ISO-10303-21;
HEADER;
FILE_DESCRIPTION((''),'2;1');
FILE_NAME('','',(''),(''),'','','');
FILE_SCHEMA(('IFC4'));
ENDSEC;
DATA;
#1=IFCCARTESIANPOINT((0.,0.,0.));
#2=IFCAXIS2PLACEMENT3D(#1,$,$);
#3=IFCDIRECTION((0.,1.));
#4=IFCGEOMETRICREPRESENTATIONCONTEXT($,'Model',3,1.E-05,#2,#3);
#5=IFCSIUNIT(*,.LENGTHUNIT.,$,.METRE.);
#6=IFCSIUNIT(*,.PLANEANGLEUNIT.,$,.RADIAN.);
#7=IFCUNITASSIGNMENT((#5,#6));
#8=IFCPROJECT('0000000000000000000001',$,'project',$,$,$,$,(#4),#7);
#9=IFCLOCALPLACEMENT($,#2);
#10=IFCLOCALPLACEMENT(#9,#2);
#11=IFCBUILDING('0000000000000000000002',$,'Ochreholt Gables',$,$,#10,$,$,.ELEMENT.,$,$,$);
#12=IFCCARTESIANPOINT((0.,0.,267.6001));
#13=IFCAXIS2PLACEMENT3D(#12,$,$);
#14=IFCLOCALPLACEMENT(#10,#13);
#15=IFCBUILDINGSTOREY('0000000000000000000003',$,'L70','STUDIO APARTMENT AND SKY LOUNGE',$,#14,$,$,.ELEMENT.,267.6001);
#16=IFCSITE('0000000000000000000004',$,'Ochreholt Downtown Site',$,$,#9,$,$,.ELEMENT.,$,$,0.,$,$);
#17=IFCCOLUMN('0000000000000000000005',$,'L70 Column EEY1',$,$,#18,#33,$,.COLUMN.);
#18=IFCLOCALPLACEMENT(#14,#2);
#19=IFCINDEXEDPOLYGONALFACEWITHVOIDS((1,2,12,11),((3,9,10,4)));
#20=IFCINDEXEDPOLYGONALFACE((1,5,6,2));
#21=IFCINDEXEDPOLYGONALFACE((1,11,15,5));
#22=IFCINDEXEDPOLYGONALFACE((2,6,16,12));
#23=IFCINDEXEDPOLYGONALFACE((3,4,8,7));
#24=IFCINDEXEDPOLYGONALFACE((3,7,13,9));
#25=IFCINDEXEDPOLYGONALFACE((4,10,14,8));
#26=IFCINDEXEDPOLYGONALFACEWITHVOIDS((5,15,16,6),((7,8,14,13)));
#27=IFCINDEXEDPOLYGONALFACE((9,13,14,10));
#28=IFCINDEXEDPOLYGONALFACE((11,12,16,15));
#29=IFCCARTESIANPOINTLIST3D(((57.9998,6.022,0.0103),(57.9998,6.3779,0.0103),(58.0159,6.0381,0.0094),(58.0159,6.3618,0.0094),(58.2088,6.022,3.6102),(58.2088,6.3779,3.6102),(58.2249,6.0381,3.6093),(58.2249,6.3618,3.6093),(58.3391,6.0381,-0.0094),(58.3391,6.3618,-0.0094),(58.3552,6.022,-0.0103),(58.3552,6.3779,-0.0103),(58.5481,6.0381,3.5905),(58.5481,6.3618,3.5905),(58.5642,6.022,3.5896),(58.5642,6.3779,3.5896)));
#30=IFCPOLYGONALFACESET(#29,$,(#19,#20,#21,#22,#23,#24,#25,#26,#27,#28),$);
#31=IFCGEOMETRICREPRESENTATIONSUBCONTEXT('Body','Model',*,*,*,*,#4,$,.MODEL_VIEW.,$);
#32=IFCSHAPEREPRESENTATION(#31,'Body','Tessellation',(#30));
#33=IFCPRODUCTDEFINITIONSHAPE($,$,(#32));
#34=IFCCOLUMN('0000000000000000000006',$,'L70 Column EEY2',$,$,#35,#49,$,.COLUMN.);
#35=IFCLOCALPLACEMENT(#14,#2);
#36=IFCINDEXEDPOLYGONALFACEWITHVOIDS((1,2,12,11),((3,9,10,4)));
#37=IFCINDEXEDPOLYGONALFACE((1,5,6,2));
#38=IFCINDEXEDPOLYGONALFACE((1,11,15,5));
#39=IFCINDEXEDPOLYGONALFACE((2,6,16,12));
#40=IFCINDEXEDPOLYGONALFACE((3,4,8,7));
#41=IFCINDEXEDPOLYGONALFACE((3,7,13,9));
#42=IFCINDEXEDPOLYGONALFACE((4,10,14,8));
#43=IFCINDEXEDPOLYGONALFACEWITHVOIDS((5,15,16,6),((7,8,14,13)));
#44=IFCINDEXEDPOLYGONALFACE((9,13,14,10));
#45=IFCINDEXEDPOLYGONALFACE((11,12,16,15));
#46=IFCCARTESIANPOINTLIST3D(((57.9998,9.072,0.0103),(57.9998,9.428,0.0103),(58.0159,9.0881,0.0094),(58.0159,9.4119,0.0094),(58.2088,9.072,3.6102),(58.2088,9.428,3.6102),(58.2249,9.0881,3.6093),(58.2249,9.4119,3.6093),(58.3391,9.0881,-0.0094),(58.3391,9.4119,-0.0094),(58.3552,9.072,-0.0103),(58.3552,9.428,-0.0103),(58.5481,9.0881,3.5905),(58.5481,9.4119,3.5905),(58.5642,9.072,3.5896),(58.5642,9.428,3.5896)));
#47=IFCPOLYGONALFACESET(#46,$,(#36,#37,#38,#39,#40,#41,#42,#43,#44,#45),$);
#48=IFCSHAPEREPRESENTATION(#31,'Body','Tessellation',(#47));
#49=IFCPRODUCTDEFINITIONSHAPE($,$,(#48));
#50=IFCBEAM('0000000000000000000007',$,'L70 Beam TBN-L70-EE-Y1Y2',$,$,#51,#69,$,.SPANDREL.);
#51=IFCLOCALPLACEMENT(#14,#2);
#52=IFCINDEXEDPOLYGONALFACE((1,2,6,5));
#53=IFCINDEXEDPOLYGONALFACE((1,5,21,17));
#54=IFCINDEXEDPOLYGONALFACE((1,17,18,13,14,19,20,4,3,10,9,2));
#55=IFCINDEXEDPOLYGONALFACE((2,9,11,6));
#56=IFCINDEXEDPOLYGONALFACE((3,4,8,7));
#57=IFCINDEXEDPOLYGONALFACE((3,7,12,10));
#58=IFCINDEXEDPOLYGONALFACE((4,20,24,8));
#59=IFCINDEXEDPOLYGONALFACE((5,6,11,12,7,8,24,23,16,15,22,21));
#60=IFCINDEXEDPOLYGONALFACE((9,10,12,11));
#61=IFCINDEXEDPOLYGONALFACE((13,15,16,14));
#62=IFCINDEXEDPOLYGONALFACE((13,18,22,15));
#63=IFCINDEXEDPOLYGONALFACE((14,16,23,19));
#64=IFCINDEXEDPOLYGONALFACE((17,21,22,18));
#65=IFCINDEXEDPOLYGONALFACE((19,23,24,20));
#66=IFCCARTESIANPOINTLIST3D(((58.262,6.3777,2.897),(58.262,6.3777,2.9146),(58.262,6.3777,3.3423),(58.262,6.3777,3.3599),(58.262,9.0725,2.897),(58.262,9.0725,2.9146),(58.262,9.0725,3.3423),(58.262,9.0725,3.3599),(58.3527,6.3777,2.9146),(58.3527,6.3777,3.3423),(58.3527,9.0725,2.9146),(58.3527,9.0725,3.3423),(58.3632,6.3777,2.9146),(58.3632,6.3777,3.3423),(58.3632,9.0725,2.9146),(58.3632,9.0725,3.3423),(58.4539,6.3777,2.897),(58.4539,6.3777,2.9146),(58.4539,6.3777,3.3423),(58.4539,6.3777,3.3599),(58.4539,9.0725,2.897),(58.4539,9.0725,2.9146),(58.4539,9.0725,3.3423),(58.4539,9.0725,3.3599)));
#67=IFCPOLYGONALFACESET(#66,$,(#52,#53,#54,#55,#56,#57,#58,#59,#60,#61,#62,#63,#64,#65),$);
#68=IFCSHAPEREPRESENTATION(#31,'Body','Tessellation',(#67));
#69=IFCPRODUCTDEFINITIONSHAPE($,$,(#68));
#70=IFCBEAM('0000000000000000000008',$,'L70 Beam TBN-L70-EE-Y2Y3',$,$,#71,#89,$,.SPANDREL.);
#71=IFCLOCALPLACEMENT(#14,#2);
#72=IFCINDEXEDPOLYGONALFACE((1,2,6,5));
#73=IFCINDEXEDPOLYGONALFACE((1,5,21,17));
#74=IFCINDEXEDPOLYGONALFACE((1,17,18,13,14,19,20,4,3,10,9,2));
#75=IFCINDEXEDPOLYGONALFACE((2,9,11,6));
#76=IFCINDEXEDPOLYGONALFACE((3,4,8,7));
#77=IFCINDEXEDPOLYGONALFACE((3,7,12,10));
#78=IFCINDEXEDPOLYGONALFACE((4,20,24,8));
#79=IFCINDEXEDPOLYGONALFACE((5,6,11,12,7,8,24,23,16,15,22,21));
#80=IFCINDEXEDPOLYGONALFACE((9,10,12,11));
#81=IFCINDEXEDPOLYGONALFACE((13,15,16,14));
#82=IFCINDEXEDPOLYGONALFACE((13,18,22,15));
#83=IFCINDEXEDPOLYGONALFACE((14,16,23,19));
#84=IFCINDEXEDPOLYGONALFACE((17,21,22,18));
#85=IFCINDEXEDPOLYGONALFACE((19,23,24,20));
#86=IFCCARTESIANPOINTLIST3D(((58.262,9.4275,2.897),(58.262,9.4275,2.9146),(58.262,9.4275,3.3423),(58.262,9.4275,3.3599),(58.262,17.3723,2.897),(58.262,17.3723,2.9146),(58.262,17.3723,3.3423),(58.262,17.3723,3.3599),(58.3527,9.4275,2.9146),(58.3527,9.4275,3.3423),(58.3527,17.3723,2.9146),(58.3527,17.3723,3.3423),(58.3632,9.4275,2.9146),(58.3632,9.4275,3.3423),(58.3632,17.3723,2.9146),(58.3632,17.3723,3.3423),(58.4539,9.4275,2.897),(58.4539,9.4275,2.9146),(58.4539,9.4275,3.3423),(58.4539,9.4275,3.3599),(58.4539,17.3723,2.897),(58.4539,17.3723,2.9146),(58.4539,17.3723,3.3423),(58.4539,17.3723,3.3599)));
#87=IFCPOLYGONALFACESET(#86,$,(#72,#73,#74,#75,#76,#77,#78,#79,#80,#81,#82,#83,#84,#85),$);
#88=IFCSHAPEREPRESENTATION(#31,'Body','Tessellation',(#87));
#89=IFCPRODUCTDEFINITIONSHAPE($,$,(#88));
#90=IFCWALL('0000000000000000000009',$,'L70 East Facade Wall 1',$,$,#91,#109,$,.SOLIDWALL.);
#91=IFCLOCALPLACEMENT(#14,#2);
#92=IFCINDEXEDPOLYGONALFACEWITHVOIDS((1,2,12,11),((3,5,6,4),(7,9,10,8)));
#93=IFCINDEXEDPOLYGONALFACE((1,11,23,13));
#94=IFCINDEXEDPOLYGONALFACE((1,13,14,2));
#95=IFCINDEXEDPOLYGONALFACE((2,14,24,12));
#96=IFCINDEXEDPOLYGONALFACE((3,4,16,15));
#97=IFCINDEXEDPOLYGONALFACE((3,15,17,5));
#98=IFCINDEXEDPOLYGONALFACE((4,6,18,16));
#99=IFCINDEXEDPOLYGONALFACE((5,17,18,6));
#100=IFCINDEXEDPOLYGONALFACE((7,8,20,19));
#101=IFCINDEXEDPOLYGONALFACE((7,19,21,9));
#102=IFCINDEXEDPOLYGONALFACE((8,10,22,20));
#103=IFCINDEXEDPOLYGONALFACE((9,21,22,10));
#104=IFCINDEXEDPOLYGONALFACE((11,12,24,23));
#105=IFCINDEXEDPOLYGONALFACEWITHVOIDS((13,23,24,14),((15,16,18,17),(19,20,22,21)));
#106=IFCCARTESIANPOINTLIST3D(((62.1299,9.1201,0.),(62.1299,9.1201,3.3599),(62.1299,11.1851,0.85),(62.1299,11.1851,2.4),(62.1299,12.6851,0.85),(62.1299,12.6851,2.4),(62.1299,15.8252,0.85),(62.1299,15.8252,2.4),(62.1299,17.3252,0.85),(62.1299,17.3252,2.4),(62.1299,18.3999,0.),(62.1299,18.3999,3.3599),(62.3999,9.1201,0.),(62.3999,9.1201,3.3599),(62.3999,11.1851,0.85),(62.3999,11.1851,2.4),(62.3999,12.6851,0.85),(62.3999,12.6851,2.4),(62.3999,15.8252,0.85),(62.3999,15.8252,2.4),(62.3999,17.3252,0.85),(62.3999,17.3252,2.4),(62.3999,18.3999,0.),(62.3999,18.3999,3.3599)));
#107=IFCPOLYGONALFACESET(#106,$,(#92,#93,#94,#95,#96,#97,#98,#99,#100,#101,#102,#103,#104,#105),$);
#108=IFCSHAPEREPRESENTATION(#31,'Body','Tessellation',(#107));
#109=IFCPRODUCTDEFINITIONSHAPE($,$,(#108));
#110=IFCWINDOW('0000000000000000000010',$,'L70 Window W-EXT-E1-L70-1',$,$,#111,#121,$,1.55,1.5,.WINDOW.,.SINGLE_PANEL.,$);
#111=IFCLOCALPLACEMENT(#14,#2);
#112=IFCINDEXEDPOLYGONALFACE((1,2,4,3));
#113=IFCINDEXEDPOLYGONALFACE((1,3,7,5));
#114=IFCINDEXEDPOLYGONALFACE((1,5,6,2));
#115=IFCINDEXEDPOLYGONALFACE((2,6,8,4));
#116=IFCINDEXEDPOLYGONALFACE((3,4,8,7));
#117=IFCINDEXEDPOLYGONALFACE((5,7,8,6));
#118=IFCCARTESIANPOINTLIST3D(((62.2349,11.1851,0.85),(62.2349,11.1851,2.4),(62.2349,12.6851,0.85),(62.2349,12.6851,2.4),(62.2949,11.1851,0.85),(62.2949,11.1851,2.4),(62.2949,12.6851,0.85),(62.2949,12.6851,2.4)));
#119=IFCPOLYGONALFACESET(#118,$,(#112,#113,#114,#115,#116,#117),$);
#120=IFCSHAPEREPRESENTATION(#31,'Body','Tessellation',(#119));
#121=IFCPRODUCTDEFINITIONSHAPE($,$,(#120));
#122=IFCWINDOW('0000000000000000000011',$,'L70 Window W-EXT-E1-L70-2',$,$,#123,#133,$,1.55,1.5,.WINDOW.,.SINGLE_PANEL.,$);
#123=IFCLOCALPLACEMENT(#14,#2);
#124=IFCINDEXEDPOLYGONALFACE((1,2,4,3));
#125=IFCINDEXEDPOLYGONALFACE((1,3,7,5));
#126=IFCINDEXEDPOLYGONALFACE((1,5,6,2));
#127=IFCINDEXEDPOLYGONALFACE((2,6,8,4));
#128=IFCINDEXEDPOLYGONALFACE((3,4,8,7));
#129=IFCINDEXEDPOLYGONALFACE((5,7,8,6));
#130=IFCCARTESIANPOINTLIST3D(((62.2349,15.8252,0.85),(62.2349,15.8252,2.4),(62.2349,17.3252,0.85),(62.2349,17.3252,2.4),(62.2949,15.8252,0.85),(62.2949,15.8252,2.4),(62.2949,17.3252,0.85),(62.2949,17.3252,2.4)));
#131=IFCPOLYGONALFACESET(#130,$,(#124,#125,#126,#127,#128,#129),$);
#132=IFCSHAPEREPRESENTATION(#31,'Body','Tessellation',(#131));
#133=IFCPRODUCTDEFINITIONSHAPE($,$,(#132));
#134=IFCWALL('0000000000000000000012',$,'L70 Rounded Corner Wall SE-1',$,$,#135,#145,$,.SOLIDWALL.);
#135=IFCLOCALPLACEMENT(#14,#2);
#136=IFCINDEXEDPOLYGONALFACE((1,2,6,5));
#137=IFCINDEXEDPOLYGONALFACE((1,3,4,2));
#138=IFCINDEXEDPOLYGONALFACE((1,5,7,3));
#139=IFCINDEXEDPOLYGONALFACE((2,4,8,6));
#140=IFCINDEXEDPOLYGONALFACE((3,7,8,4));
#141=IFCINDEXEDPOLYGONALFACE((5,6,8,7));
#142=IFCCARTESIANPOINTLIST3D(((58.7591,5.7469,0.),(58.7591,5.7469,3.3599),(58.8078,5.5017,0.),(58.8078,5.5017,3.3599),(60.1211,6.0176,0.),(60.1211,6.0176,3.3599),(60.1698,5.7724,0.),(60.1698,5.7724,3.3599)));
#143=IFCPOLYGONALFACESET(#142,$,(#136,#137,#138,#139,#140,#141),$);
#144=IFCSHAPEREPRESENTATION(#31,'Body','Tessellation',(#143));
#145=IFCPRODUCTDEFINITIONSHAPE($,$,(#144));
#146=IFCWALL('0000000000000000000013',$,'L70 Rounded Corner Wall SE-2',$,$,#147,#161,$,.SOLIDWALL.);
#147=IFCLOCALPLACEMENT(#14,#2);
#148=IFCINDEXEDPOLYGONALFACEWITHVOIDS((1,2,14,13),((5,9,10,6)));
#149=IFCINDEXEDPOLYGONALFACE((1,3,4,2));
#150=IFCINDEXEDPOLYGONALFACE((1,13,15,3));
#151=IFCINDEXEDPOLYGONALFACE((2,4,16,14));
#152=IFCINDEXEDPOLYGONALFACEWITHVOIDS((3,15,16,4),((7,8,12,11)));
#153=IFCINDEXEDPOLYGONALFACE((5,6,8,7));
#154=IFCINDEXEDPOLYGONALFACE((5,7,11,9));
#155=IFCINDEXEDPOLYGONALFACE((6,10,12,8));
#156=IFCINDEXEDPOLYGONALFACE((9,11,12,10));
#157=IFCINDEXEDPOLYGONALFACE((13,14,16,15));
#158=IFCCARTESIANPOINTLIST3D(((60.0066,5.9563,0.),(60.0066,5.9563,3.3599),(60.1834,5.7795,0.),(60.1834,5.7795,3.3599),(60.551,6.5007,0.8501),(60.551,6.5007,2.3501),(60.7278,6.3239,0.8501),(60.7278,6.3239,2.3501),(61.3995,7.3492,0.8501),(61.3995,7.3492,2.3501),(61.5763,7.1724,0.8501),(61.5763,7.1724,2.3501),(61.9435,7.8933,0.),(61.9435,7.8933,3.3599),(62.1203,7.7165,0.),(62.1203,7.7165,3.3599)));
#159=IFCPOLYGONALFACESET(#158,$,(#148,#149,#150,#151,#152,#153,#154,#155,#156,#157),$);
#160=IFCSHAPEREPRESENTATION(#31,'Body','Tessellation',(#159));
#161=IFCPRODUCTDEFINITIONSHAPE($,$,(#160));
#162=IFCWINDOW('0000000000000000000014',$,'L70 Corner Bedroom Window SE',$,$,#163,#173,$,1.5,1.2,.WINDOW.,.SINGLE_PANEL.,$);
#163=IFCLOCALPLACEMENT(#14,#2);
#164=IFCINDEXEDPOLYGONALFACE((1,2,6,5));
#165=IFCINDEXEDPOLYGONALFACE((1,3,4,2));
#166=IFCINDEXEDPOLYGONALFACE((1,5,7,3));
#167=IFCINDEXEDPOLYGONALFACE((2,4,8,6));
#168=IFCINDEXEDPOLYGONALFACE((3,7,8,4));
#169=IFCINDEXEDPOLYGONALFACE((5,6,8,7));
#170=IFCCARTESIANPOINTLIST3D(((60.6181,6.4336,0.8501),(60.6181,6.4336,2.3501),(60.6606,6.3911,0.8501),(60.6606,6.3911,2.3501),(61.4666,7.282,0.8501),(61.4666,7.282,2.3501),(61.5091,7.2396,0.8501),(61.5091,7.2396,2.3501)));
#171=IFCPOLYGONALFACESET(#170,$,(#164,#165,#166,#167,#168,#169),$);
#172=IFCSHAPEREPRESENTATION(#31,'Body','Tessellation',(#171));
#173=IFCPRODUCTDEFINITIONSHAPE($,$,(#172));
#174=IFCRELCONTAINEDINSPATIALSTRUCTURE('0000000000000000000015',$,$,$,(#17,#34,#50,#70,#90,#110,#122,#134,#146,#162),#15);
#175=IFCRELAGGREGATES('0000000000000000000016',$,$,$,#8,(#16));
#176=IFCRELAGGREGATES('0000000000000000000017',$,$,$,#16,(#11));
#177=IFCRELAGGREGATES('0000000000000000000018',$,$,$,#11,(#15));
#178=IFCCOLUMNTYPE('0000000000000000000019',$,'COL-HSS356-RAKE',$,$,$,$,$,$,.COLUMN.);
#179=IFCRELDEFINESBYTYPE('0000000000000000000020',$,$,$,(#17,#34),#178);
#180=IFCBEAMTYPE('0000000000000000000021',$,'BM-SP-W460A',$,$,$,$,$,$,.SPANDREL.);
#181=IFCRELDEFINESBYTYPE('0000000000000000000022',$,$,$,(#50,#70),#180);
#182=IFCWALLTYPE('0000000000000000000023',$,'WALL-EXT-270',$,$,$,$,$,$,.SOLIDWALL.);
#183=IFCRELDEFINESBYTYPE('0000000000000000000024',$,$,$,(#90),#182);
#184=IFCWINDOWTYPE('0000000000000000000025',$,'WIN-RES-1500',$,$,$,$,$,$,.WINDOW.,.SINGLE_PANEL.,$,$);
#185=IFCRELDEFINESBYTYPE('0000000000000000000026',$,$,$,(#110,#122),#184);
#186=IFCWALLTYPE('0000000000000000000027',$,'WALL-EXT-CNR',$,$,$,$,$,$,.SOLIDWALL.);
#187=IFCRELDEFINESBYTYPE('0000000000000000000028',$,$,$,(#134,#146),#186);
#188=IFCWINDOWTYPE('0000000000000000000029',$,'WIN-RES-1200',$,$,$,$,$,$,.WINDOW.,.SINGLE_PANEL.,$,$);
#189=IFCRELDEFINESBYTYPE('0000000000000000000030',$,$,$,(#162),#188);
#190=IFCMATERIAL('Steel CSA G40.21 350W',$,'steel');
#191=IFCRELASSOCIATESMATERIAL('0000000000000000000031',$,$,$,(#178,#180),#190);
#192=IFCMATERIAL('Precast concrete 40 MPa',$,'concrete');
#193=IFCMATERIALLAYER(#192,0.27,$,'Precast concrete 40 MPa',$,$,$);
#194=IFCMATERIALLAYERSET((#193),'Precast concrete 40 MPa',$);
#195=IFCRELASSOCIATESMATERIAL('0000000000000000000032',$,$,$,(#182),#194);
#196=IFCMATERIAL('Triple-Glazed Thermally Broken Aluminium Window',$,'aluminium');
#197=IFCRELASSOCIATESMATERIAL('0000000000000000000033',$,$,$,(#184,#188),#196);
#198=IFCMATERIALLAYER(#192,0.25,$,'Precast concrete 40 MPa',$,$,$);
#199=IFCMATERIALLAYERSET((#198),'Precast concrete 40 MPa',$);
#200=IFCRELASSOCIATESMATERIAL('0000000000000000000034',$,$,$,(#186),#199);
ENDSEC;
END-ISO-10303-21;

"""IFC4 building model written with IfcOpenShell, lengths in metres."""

from ifc_helpers import new_model, si_unit, direction, frame, frame_2d, origin, origin_2d, place, context, subcontext, project, spatial, rectangle, hollow_rectangle, i_section, extrude, material, layer, layer_set, material_profile, profile_set, type_object, element, fill, save


model = new_model("IFC4")

# Units and contexts
model_context = context("Model", 3, precision=1e-05, world=origin(), true_north=direction((0.0, 1.0)))
body_context = subcontext(model_context, "Body", "Model", "MODEL_VIEW")
ifc_project = project(units=[si_unit("LENGTHUNIT", "METRE"), si_unit("PLANEANGLEUNIT", "RADIAN")], contexts=[model_context])

# Site, building, storey
site_placement = place(None, origin())
site = spatial("IfcSite", under=ifc_project, at=site_placement, Name="Ochreholt Downtown Site", CompositionType="ELEMENT", RefElevation=0.0)
building_placement = place(site_placement, origin())
building = spatial("IfcBuilding", under=site, at=building_placement, Name="Ochreholt Gables", CompositionType="ELEMENT")
storey_placement = place(building_placement, frame((0.0, 0.0, 267.6001)))
storey = spatial("IfcBuildingStorey", under=building, at=storey_placement, Name="L70", Description="STUDIO APARTMENT AND SKY LOUNGE", CompositionType="ELEMENT", Elevation=267.6001)

# Columns
ifc_material_1 = material(Name="Steel CSA G40.21 350W", Category="steel")
ifc_material_profile_1 = material_profile(ifc_material_1, hollow_rectangle(XDim=0.356, YDim=0.356, WallThickness=0.0161, at=origin_2d()), Name="HSS356X356X16")
ifc_profile_set_1 = profile_set([ifc_material_profile_1], Name="Steel CSA G40.21 350W")
column_type = type_object("IfcColumnType", Name="COL-HSS356-RAKE", PredefinedType="COLUMN", material=ifc_profile_set_1)
for number, where, z_axis, x_axis, name in (
    (1, (58.1775, 6.2, 0.0), (0.057956, 0.0, 0.998319), (0.0, 1.0, 0.0), "L70 Column EEY1"),
    (2, (58.1775, 9.25, 0.0), (0.057956, 0.0, 0.998319), (0.0, 1.0, 0.0), "L70 Column EEY2"),
):
    element("IfcColumn", number, at=place(storey_placement, frame(where, z_axis=z_axis, x_axis=x_axis)), inside=storey, type_object=column_type, Name=name, PredefinedType="COLUMN", context=body_context, shape_type="SweptSolid", body=[
        extrude(hollow_rectangle(XDim=0.356, YDim=0.356, WallThickness=0.0161, at=origin_2d()), origin(), (0.0, 0.0, 1.0), 3.606),
    ])

# Beams
ifc_material_profile_2 = material_profile(ifc_material_1, i_section(OverallWidth=0.1919, OverallDepth=0.4629, WebThickness=0.0105, FlangeThickness=0.0176, at=origin_2d()), Name="W460X89")
ifc_profile_set_2 = profile_set([ifc_material_profile_2], Name="Steel CSA G40.21 350W")
beam_type = type_object("IfcBeamType", Name="BM-SP-W460A", PredefinedType="SPANDREL", material=ifc_profile_set_2)
beam_1_placement = place(storey_placement, frame((58.3579, 6.3777, 3.1284), z_axis=(0.0, 1.0, 0.0), x_axis=(-1.0, 0.0, 0.0)))
element("IfcBeam", 3, at=beam_1_placement, inside=storey, type_object=beam_type, Name="L70 Beam TBN-L70-EE-Y1Y2", PredefinedType="SPANDREL", context=body_context, shape_type="SweptSolid", body=[
    extrude(i_section(OverallWidth=0.1919, OverallDepth=0.4629, WebThickness=0.0105, FlangeThickness=0.0176, at=origin_2d()), origin(), (0.0, 0.0, 1.0), 2.6948),
])
beam_2_placement = place(storey_placement, frame((58.3579, 9.4275, 3.1284), z_axis=(0.0, 1.0, 0.0), x_axis=(-1.0, 0.0, 0.0)))
element("IfcBeam", 4, at=beam_2_placement, inside=storey, type_object=beam_type, Name="L70 Beam TBN-L70-EE-Y2Y3", PredefinedType="SPANDREL", context=body_context, shape_type="SweptSolid", body=[
    extrude(i_section(OverallWidth=0.1919, OverallDepth=0.4629, WebThickness=0.0105, FlangeThickness=0.0176, at=origin_2d()), origin(), (0.0, 0.0, 1.0), 7.9448),
])

# Wall, openings, windows
ifc_material_2 = material(Name="Precast concrete 40 MPa", Category="concrete")
ifc_layer_1 = layer(ifc_material_2, 0.27, Name="Precast concrete 40 MPa")
ifc_layer_set_1 = layer_set([ifc_layer_1], Name="Precast concrete 40 MPa")
wall_type_1 = type_object("IfcWallType", Name="WALL-EXT-270", PredefinedType="SOLIDWALL", material=ifc_layer_set_1)
wall_1_placement = place(storey_placement, frame((62.2649, 9.1201, 0.0), z_axis=(0.0, 0.0, 1.0), x_axis=(0.0, 1.0, 0.0)))
wall_1 = element("IfcWall", 5, at=wall_1_placement, inside=storey, type_object=wall_type_1, Name="L70 East Facade Wall 1", PredefinedType="SOLIDWALL", context=body_context, shape_type="SweptSolid", body=[
    extrude(rectangle(XDim=9.2798, YDim=0.27, at=frame_2d((4.6399, 0.0))), origin(), (0.0, 0.0, 1.0), 3.3599),
])
opening_1_placement = place(wall_1_placement, frame((2.0649, 0.0, 0.8501)))
opening_1 = element("IfcOpeningElement", 6, at=opening_1_placement, cuts=wall_1, PredefinedType="OPENING", context=body_context, shape_type="SweptSolid", body=[
    extrude(rectangle(XDim=1.5, YDim=1.55, at=frame_2d((0.75, 0.7749))), frame((0.0, 0.145, 0.0), z_axis=(0.0, -1.0, 0.0), x_axis=(1.0, 0.0, 0.0)), (0.0, 0.0, 1.0), 0.29),
])
opening_2_placement = place(wall_1_placement, frame((6.7051, 0.0, 0.8501)))
opening_2 = element("IfcOpeningElement", 7, at=opening_2_placement, cuts=wall_1, PredefinedType="OPENING", context=body_context, shape_type="SweptSolid", body=[
    extrude(rectangle(XDim=1.5, YDim=1.55, at=frame_2d((0.75, 0.7749))), frame((0.0, 0.145, 0.0), z_axis=(0.0, -1.0, 0.0), x_axis=(1.0, 0.0, 0.0)), (0.0, 0.0, 1.0), 0.29),
])
ifc_material_3 = material(Name="Triple-Glazed Thermally Broken Aluminium Window", Category="aluminium")
window_type_1 = type_object("IfcWindowType", Name="WIN-RES-1500", PartitioningType="SINGLE_PANEL", PredefinedType="WINDOW", material=ifc_material_3)
window_1_placement = place(opening_1_placement, origin())
window_1 = element("IfcWindow", 8, at=window_1_placement, inside=storey, type_object=window_type_1, Name="L70 Window W-EXT-E1-L70-1", OverallHeight=1.55, OverallWidth=1.5, PartitioningType="SINGLE_PANEL", PredefinedType="WINDOW", context=body_context, shape_type="SweptSolid", body=[
    extrude(rectangle(XDim=1.5, YDim=1.55, at=frame_2d((0.75, 0.7749))), frame((0.0, 0.03, 0.0), z_axis=(0.0, -1.0, 0.0), x_axis=(1.0, 0.0, 0.0)), (0.0, 0.0, 1.0), 0.0601),
])
fill(opening_1, window_1)
window_2_placement = place(opening_2_placement, origin())
window_2 = element("IfcWindow", 9, at=window_2_placement, inside=storey, type_object=window_type_1, Name="L70 Window W-EXT-E1-L70-2", OverallHeight=1.55, OverallWidth=1.5, PartitioningType="SINGLE_PANEL", PredefinedType="WINDOW", context=body_context, shape_type="SweptSolid", body=[
    extrude(rectangle(XDim=1.5, YDim=1.55, at=frame_2d((0.75, 0.7749))), frame((0.0, 0.03, 0.0), z_axis=(0.0, -1.0, 0.0), x_axis=(1.0, 0.0, 0.0)), (0.0, 0.0, 1.0), 0.0601),
])
fill(opening_2, window_2)

# Wall
ifc_layer_2 = layer(ifc_material_2, 0.25, Name="Precast concrete 40 MPa")
ifc_layer_set_2 = layer_set([ifc_layer_2], Name="Precast concrete 40 MPa")
wall_type_2 = type_object("IfcWallType", Name="WALL-EXT-CNR", PredefinedType="SOLIDWALL", material=ifc_layer_set_2)
wall_2_placement = place(storey_placement, frame((58.7834, 5.6243, 0.0), z_axis=(0.0, 0.0, 1.0), x_axis=(0.98081, 0.194967, 0.0)))
element("IfcWall", 10, at=wall_2_placement, inside=storey, type_object=wall_type_2, Name="L70 Rounded Corner Wall SE-1", PredefinedType="SOLIDWALL", context=body_context, shape_type="SweptSolid", body=[
    extrude(rectangle(XDim=1.3887, YDim=0.25, at=frame_2d((0.6943, 0.0))), origin(), (0.0, 0.0, 1.0), 3.3599),
])

# Wall, opening, window
wall_3_placement = place(storey_placement, frame((60.095, 5.8679, 0.0), z_axis=(0.0, 0.0, 1.0), x_axis=(0.707107, 0.707107, 0.0)))
wall_3 = element("IfcWall", 11, at=wall_3_placement, inside=storey, type_object=wall_type_2, Name="L70 Rounded Corner Wall SE-2", PredefinedType="SOLIDWALL", context=body_context, shape_type="SweptSolid", body=[
    extrude(rectangle(XDim=2.7393, YDim=0.25, at=frame_2d((1.3696, 0.0))), origin(), (0.0, 0.0, 1.0), 3.3599),
])
opening_3_placement = place(wall_3_placement, frame((0.7698, 0.0, 0.8501)))
opening_3 = element("IfcOpeningElement", 12, at=opening_3_placement, cuts=wall_3, PredefinedType="OPENING", context=body_context, shape_type="SweptSolid", body=[
    extrude(rectangle(XDim=1.2, YDim=1.5, at=frame_2d((0.6001, 0.75))), frame((0.0, 0.135, 0.0), z_axis=(0.0, -1.0, 0.0), x_axis=(1.0, 0.0, 0.0)), (0.0, 0.0, 1.0), 0.27),
])
window_type_2 = type_object("IfcWindowType", Name="WIN-RES-1200", PartitioningType="SINGLE_PANEL", PredefinedType="WINDOW", material=ifc_material_3)
window_3_placement = place(opening_3_placement, origin())
window_3 = element("IfcWindow", 13, at=window_3_placement, inside=storey, type_object=window_type_2, Name="L70 Corner Bedroom Window SE", OverallHeight=1.5, OverallWidth=1.2, PartitioningType="SINGLE_PANEL", PredefinedType="WINDOW", context=body_context, shape_type="SweptSolid", body=[
    extrude(rectangle(XDim=1.2, YDim=1.5, at=frame_2d((0.6001, 0.75))), frame((0.0, 0.03, 0.0), z_axis=(0.0, -1.0, 0.0), x_axis=(1.0, 0.0, 0.0)), (0.0, 0.0, 1.0), 0.0601),
])
fill(opening_3, window_3)

save(model, "model.ifc")
